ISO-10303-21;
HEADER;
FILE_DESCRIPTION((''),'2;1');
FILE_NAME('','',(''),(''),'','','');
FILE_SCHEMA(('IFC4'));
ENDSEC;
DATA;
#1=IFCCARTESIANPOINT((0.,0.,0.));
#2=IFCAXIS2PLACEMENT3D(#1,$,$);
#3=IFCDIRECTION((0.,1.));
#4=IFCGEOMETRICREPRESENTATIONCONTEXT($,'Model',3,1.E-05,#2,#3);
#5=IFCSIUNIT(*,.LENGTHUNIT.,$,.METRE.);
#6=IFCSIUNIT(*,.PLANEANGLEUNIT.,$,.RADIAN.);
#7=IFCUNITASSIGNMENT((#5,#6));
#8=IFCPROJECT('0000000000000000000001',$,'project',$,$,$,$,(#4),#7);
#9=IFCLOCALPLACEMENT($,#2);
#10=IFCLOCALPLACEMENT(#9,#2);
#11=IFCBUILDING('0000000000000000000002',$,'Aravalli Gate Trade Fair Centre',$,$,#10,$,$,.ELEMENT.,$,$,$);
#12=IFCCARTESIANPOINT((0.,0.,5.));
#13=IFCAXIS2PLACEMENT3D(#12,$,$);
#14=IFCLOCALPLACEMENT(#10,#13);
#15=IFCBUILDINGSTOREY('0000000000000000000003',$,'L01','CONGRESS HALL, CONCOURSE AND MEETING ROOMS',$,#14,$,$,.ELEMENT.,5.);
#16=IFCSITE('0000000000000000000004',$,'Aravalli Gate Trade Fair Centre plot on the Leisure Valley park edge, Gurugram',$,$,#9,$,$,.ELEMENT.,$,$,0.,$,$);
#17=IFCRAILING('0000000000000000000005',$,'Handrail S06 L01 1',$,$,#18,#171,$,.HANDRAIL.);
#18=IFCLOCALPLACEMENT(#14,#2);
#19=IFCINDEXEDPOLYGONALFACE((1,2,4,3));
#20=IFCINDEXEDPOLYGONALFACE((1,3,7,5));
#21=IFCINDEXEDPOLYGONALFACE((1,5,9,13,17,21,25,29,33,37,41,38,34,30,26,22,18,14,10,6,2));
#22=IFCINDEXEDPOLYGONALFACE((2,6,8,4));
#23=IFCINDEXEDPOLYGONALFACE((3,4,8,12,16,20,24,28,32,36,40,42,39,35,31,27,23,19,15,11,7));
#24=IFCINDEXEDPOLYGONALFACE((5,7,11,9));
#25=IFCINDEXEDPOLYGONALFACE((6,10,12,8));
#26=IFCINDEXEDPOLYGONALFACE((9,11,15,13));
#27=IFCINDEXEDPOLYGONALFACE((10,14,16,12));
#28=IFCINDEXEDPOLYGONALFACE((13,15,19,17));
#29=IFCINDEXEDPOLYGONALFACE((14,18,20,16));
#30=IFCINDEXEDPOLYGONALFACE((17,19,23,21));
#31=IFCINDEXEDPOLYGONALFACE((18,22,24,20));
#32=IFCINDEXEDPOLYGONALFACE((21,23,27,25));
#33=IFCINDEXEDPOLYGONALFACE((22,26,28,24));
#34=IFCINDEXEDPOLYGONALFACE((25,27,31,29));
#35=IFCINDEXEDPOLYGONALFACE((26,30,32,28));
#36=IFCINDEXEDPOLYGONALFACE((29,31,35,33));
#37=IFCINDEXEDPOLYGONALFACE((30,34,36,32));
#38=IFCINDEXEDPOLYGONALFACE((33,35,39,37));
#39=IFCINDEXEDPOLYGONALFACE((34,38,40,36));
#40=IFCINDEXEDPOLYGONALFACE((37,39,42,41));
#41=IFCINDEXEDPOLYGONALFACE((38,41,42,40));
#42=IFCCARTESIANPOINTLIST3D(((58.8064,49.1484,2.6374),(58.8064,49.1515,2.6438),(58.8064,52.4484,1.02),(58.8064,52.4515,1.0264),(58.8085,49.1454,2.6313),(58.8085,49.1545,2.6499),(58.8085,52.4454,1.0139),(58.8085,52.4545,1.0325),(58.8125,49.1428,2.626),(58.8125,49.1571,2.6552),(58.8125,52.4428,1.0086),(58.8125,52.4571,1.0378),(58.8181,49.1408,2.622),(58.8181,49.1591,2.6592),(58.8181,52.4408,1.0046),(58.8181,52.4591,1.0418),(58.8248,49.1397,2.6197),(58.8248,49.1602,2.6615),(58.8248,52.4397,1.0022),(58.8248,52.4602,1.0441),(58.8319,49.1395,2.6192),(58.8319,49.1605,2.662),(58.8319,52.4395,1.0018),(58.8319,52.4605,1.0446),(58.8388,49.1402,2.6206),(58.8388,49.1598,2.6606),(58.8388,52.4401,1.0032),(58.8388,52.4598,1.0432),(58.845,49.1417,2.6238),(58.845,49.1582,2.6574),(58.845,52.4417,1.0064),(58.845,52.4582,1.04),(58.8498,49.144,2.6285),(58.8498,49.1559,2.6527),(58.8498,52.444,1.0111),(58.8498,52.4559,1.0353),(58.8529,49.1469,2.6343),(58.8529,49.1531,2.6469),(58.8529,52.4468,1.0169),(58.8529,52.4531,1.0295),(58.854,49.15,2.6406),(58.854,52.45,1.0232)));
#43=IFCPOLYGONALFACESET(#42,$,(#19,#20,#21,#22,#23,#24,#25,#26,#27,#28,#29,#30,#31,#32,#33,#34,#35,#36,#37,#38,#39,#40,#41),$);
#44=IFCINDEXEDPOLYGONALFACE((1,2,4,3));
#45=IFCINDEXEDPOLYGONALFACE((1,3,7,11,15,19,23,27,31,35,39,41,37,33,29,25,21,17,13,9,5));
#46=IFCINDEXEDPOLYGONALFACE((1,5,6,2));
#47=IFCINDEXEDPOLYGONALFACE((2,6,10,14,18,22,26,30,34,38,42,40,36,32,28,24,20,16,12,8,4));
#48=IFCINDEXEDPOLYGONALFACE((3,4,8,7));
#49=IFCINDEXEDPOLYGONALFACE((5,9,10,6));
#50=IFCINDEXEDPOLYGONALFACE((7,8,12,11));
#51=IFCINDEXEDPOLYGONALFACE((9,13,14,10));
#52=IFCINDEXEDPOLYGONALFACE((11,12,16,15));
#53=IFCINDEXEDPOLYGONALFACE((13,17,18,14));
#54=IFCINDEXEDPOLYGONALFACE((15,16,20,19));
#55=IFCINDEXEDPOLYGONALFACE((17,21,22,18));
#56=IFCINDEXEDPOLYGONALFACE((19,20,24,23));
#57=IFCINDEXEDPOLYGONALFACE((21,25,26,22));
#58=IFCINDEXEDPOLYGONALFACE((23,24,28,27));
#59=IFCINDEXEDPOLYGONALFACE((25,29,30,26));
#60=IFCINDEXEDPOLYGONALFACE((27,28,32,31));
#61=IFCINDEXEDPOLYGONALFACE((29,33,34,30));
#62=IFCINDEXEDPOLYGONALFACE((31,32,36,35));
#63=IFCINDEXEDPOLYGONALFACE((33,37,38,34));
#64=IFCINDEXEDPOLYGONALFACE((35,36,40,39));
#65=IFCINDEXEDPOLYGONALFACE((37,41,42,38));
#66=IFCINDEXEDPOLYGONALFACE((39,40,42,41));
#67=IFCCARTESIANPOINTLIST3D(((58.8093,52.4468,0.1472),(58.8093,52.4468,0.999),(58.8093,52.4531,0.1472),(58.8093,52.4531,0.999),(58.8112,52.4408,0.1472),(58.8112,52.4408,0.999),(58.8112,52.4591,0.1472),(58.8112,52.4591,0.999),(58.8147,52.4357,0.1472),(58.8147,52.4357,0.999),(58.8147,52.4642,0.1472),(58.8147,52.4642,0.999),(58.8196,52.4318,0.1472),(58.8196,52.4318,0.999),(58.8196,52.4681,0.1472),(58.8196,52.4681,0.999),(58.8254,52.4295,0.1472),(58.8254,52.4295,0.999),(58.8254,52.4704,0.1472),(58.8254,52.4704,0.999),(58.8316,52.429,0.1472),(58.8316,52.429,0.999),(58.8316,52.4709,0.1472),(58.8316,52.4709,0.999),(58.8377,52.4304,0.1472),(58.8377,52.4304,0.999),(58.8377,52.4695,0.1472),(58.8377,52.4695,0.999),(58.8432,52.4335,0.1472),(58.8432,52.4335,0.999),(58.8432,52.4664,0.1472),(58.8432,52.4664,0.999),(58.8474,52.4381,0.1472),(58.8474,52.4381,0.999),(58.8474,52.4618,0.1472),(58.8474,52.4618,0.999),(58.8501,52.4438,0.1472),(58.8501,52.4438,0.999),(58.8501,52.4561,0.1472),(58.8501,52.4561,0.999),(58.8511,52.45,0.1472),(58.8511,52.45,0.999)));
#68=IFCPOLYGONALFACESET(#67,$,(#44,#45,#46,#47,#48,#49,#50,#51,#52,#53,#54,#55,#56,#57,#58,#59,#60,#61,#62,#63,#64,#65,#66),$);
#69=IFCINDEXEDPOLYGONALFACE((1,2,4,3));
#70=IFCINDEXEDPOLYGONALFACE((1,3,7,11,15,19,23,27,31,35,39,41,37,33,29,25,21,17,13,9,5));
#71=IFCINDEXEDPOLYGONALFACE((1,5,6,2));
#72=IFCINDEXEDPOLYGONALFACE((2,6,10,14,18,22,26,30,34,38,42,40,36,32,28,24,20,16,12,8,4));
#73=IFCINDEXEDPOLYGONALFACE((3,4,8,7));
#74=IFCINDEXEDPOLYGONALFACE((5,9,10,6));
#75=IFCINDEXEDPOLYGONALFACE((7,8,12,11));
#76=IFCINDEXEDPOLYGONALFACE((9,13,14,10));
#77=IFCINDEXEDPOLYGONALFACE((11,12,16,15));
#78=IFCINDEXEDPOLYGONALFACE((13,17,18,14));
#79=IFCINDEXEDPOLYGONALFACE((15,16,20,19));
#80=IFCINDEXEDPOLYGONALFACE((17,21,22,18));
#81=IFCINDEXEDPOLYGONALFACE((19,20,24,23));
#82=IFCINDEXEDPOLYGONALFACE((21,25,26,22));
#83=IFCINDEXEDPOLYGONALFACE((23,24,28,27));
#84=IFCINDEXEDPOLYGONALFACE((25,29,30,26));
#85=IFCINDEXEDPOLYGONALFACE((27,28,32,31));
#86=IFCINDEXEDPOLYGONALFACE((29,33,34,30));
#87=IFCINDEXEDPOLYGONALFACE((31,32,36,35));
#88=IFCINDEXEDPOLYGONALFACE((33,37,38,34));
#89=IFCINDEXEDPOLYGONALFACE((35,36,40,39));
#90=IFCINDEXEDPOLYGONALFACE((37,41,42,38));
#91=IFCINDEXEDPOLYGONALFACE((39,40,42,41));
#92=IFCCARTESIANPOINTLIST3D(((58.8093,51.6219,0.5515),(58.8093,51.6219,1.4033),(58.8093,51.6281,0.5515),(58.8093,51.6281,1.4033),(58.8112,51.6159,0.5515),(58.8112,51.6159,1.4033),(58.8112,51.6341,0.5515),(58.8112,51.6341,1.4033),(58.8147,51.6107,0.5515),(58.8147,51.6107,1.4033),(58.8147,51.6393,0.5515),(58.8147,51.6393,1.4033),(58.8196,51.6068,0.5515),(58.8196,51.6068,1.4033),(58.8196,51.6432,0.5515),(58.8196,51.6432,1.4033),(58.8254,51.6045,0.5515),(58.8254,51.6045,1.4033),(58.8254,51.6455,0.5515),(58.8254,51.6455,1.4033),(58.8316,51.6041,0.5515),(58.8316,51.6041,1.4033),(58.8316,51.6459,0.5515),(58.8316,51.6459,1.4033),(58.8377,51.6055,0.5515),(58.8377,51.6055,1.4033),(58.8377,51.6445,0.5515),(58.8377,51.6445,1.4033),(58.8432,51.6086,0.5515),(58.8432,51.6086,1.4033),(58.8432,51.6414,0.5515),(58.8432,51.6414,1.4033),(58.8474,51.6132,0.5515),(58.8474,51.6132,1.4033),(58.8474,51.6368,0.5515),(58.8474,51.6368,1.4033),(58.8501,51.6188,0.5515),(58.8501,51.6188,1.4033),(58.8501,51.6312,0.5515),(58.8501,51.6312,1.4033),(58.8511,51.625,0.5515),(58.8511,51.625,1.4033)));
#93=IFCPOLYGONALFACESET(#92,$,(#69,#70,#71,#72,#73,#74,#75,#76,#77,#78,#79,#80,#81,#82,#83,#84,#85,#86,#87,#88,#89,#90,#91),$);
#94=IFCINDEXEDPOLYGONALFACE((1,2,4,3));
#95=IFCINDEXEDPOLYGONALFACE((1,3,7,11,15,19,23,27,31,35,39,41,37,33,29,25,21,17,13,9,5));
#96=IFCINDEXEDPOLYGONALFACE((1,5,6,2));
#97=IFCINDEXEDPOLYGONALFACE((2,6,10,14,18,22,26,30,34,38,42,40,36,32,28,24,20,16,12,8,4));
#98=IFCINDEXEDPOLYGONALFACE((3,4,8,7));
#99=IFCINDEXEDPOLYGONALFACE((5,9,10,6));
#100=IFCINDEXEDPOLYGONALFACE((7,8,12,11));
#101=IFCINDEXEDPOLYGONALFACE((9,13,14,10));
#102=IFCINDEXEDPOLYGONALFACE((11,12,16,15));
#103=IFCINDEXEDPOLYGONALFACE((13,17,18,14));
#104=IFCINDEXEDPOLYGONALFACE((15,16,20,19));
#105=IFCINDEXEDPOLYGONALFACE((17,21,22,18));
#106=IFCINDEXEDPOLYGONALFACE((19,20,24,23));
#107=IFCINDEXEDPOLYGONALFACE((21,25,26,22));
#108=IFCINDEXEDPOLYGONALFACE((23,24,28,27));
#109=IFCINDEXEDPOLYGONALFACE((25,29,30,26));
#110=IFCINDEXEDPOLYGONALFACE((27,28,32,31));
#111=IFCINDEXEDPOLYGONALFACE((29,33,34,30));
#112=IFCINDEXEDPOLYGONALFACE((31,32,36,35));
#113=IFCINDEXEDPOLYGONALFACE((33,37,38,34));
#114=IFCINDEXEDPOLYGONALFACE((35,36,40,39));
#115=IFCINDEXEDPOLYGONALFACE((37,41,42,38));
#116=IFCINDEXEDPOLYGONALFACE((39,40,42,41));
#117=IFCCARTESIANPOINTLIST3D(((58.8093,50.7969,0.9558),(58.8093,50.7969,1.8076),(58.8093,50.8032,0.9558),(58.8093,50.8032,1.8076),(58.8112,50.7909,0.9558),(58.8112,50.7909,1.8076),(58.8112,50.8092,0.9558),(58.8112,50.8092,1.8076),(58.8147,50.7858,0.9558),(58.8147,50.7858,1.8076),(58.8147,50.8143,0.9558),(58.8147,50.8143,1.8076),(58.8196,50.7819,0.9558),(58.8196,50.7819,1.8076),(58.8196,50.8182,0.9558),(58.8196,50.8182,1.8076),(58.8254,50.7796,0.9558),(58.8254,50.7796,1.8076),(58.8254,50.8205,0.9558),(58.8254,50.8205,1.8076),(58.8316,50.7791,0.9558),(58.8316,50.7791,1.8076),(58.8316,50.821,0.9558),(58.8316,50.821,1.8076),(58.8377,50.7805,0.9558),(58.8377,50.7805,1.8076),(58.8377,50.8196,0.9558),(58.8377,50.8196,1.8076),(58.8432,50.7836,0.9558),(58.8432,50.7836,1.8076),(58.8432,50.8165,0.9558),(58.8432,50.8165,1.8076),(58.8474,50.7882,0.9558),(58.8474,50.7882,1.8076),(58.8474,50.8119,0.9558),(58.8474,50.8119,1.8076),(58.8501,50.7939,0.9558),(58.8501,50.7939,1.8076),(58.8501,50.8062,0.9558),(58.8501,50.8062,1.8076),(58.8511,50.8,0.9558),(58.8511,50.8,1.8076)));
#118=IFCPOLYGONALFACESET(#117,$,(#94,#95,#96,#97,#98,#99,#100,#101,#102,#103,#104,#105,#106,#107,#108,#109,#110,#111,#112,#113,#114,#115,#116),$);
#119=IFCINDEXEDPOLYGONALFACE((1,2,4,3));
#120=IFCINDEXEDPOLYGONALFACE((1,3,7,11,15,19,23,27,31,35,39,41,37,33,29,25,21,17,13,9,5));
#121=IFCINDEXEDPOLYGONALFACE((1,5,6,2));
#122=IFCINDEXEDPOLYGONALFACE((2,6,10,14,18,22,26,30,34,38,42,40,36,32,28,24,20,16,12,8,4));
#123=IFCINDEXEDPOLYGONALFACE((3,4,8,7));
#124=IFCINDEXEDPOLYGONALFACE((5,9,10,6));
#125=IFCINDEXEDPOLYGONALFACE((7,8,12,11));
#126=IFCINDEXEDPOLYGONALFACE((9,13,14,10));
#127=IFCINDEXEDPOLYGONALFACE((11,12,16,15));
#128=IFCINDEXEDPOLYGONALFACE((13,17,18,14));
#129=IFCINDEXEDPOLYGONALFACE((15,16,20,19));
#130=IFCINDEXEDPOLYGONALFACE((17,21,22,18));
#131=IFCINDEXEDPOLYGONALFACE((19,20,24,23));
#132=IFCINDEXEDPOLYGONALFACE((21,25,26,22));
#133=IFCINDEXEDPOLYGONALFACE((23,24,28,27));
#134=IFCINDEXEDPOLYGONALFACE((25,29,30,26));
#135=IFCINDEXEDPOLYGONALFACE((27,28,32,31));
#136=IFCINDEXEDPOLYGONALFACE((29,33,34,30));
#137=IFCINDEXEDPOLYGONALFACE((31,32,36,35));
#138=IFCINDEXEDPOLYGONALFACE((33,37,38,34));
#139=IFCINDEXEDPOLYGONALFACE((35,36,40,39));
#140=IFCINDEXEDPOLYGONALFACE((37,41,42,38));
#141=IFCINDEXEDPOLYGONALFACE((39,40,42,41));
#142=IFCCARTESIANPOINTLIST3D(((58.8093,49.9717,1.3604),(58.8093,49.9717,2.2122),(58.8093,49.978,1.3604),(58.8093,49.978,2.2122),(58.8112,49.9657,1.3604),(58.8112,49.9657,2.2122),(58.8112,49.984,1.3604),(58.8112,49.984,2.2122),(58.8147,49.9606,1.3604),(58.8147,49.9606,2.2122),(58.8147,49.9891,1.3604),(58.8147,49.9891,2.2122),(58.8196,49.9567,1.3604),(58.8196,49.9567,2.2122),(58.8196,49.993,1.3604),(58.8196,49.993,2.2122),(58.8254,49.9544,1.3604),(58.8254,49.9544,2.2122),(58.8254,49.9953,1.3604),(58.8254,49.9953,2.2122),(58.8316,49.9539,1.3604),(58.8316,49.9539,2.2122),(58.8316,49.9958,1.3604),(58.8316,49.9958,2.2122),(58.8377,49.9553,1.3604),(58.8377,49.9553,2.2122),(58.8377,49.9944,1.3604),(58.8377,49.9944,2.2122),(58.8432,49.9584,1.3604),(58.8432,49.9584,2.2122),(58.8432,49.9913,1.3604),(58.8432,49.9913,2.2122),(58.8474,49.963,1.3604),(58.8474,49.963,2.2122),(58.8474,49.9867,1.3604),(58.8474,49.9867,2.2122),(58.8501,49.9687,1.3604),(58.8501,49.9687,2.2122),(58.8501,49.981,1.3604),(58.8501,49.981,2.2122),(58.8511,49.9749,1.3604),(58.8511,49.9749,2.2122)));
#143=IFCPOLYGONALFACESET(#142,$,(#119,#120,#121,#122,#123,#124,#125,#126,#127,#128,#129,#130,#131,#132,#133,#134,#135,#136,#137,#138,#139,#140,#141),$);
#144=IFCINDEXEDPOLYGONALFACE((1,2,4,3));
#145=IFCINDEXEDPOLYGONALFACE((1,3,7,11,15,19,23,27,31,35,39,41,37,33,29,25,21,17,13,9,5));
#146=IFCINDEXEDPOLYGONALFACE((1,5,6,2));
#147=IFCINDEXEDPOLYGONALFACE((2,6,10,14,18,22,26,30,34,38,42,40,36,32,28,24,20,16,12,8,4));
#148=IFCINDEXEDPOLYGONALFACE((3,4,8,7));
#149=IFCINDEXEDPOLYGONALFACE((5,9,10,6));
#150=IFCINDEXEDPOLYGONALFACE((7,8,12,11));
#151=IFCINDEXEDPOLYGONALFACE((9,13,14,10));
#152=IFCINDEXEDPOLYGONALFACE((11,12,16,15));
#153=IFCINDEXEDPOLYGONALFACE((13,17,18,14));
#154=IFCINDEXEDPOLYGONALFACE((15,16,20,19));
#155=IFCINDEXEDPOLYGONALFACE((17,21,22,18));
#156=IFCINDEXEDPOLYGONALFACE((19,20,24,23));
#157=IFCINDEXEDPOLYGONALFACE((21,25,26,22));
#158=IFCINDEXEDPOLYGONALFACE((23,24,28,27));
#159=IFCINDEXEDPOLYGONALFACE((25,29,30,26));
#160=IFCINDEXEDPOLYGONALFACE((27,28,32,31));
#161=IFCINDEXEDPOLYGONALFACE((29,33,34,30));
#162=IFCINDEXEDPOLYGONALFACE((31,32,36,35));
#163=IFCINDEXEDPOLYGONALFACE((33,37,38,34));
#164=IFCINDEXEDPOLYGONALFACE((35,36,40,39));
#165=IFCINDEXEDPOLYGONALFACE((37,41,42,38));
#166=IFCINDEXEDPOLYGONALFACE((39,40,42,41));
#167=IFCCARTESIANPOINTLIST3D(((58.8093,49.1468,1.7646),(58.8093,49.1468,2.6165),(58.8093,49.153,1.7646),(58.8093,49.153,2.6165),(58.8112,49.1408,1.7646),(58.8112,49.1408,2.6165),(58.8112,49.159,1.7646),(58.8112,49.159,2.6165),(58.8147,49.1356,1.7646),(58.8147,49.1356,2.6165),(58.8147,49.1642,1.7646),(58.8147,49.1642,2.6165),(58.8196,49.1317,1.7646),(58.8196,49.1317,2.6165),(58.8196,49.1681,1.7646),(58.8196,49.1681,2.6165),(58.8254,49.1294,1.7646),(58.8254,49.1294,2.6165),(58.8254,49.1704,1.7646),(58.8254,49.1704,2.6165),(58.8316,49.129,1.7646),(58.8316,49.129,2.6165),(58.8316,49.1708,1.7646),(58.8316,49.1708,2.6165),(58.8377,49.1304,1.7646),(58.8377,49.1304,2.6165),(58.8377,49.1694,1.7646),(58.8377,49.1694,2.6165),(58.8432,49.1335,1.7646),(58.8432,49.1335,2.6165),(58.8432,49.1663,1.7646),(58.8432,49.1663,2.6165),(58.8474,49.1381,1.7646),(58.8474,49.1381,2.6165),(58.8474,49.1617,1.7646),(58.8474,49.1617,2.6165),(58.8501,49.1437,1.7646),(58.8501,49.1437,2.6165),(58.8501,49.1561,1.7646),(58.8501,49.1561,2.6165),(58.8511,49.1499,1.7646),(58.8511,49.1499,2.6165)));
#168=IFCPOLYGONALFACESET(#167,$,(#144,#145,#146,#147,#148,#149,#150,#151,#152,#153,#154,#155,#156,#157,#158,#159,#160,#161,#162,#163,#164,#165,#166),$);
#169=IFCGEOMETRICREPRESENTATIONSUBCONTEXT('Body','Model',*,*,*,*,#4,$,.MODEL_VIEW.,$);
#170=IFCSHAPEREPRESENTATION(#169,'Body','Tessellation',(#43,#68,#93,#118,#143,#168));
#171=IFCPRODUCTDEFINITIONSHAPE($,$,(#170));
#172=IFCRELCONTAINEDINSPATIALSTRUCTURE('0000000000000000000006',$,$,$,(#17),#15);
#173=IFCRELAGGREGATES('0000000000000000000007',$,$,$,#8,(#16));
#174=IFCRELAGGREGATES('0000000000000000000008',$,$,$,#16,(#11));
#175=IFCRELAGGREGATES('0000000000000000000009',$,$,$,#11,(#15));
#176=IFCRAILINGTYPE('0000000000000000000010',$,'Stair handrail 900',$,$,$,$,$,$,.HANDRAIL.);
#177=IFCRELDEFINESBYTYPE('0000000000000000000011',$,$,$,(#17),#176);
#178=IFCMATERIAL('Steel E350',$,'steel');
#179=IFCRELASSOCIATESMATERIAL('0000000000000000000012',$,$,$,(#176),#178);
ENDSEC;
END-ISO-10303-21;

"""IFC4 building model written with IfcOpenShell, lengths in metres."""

from ifc_helpers import new_model, si_unit, direction, frame, origin, origin_2d, place, context, subcontext, project, spatial, circle, extrude, material, type_object, element, save


model = new_model("IFC4")

# Units and contexts
model_context = context("Model", 3, precision=1e-05, world=origin(), true_north=direction((0.0, 1.0)))
body_context = subcontext(model_context, "Body", "Model", "MODEL_VIEW")
ifc_project = project(units=[si_unit("LENGTHUNIT", "METRE"), si_unit("PLANEANGLEUNIT", "RADIAN")], contexts=[model_context])

# Site, building, storey
site_placement = place(None, origin())
site = spatial("IfcSite", under=ifc_project, at=site_placement, Name="Aravalli Gate Trade Fair Centre plot on the Leisure Valley park edge, Gurugram", CompositionType="ELEMENT", RefElevation=0.0)
building_placement = place(site_placement, origin())
building = spatial("IfcBuilding", under=site, at=building_placement, Name="Aravalli Gate Trade Fair Centre", CompositionType="ELEMENT")
storey_placement = place(building_placement, frame((0.0, 0.0, 5.0)))
storey = spatial("IfcBuildingStorey", under=building, at=storey_placement, Name="L01", Description="CONGRESS HALL, CONCOURSE AND MEETING ROOMS", CompositionType="ELEMENT", Elevation=5.0)

# Railing
ifc_material_1 = material(Name="Steel E350", Category="steel")
railing_type = type_object("IfcRailingType", Name="Stair handrail 900", PredefinedType="HANDRAIL", material=ifc_material_1)
for number, where, name in (
    (1, (58.8301, 52.45, 0.1472), "Handrail S06 L01 1"),
):
    element("IfcRailing", number, at=place(storey_placement, frame(where)), inside=storey, type_object=railing_type, Name=name, PredefinedType="HANDRAIL", context=body_context, shape_type="SweptSolid", body=[
        extrude(circle(Radius=0.0239, at=origin_2d()), frame((0.0, 0.0, 0.876), z_axis=(0.0, -0.897946, 0.440105), x_axis=(1.0, 0.0, 0.0)), (0.0, 0.0, 1.0), 3.675),
        extrude(circle(Radius=0.021, at=origin_2d()), origin(), (0.0, 0.0, 1.0), 0.8518),
        extrude(circle(Radius=0.021, at=origin_2d()), frame((0.0, -0.825, 0.4043)), (0.0, 0.0, 1.0), 0.8518),
        extrude(circle(Radius=0.021, at=origin_2d()), frame((0.0, -1.6499, 0.8086)), (0.0, 0.0, 1.0), 0.8518),
        extrude(circle(Radius=0.021, at=origin_2d()), frame((0.0, -2.4751, 1.2131)), (0.0, 0.0, 1.0), 0.8518),
        extrude(circle(Radius=0.021, at=origin_2d()), frame((0.0, -3.3, 1.6174)), (0.0, 0.0, 1.0), 0.8518),
    ])

save(model, "model.ifc")
